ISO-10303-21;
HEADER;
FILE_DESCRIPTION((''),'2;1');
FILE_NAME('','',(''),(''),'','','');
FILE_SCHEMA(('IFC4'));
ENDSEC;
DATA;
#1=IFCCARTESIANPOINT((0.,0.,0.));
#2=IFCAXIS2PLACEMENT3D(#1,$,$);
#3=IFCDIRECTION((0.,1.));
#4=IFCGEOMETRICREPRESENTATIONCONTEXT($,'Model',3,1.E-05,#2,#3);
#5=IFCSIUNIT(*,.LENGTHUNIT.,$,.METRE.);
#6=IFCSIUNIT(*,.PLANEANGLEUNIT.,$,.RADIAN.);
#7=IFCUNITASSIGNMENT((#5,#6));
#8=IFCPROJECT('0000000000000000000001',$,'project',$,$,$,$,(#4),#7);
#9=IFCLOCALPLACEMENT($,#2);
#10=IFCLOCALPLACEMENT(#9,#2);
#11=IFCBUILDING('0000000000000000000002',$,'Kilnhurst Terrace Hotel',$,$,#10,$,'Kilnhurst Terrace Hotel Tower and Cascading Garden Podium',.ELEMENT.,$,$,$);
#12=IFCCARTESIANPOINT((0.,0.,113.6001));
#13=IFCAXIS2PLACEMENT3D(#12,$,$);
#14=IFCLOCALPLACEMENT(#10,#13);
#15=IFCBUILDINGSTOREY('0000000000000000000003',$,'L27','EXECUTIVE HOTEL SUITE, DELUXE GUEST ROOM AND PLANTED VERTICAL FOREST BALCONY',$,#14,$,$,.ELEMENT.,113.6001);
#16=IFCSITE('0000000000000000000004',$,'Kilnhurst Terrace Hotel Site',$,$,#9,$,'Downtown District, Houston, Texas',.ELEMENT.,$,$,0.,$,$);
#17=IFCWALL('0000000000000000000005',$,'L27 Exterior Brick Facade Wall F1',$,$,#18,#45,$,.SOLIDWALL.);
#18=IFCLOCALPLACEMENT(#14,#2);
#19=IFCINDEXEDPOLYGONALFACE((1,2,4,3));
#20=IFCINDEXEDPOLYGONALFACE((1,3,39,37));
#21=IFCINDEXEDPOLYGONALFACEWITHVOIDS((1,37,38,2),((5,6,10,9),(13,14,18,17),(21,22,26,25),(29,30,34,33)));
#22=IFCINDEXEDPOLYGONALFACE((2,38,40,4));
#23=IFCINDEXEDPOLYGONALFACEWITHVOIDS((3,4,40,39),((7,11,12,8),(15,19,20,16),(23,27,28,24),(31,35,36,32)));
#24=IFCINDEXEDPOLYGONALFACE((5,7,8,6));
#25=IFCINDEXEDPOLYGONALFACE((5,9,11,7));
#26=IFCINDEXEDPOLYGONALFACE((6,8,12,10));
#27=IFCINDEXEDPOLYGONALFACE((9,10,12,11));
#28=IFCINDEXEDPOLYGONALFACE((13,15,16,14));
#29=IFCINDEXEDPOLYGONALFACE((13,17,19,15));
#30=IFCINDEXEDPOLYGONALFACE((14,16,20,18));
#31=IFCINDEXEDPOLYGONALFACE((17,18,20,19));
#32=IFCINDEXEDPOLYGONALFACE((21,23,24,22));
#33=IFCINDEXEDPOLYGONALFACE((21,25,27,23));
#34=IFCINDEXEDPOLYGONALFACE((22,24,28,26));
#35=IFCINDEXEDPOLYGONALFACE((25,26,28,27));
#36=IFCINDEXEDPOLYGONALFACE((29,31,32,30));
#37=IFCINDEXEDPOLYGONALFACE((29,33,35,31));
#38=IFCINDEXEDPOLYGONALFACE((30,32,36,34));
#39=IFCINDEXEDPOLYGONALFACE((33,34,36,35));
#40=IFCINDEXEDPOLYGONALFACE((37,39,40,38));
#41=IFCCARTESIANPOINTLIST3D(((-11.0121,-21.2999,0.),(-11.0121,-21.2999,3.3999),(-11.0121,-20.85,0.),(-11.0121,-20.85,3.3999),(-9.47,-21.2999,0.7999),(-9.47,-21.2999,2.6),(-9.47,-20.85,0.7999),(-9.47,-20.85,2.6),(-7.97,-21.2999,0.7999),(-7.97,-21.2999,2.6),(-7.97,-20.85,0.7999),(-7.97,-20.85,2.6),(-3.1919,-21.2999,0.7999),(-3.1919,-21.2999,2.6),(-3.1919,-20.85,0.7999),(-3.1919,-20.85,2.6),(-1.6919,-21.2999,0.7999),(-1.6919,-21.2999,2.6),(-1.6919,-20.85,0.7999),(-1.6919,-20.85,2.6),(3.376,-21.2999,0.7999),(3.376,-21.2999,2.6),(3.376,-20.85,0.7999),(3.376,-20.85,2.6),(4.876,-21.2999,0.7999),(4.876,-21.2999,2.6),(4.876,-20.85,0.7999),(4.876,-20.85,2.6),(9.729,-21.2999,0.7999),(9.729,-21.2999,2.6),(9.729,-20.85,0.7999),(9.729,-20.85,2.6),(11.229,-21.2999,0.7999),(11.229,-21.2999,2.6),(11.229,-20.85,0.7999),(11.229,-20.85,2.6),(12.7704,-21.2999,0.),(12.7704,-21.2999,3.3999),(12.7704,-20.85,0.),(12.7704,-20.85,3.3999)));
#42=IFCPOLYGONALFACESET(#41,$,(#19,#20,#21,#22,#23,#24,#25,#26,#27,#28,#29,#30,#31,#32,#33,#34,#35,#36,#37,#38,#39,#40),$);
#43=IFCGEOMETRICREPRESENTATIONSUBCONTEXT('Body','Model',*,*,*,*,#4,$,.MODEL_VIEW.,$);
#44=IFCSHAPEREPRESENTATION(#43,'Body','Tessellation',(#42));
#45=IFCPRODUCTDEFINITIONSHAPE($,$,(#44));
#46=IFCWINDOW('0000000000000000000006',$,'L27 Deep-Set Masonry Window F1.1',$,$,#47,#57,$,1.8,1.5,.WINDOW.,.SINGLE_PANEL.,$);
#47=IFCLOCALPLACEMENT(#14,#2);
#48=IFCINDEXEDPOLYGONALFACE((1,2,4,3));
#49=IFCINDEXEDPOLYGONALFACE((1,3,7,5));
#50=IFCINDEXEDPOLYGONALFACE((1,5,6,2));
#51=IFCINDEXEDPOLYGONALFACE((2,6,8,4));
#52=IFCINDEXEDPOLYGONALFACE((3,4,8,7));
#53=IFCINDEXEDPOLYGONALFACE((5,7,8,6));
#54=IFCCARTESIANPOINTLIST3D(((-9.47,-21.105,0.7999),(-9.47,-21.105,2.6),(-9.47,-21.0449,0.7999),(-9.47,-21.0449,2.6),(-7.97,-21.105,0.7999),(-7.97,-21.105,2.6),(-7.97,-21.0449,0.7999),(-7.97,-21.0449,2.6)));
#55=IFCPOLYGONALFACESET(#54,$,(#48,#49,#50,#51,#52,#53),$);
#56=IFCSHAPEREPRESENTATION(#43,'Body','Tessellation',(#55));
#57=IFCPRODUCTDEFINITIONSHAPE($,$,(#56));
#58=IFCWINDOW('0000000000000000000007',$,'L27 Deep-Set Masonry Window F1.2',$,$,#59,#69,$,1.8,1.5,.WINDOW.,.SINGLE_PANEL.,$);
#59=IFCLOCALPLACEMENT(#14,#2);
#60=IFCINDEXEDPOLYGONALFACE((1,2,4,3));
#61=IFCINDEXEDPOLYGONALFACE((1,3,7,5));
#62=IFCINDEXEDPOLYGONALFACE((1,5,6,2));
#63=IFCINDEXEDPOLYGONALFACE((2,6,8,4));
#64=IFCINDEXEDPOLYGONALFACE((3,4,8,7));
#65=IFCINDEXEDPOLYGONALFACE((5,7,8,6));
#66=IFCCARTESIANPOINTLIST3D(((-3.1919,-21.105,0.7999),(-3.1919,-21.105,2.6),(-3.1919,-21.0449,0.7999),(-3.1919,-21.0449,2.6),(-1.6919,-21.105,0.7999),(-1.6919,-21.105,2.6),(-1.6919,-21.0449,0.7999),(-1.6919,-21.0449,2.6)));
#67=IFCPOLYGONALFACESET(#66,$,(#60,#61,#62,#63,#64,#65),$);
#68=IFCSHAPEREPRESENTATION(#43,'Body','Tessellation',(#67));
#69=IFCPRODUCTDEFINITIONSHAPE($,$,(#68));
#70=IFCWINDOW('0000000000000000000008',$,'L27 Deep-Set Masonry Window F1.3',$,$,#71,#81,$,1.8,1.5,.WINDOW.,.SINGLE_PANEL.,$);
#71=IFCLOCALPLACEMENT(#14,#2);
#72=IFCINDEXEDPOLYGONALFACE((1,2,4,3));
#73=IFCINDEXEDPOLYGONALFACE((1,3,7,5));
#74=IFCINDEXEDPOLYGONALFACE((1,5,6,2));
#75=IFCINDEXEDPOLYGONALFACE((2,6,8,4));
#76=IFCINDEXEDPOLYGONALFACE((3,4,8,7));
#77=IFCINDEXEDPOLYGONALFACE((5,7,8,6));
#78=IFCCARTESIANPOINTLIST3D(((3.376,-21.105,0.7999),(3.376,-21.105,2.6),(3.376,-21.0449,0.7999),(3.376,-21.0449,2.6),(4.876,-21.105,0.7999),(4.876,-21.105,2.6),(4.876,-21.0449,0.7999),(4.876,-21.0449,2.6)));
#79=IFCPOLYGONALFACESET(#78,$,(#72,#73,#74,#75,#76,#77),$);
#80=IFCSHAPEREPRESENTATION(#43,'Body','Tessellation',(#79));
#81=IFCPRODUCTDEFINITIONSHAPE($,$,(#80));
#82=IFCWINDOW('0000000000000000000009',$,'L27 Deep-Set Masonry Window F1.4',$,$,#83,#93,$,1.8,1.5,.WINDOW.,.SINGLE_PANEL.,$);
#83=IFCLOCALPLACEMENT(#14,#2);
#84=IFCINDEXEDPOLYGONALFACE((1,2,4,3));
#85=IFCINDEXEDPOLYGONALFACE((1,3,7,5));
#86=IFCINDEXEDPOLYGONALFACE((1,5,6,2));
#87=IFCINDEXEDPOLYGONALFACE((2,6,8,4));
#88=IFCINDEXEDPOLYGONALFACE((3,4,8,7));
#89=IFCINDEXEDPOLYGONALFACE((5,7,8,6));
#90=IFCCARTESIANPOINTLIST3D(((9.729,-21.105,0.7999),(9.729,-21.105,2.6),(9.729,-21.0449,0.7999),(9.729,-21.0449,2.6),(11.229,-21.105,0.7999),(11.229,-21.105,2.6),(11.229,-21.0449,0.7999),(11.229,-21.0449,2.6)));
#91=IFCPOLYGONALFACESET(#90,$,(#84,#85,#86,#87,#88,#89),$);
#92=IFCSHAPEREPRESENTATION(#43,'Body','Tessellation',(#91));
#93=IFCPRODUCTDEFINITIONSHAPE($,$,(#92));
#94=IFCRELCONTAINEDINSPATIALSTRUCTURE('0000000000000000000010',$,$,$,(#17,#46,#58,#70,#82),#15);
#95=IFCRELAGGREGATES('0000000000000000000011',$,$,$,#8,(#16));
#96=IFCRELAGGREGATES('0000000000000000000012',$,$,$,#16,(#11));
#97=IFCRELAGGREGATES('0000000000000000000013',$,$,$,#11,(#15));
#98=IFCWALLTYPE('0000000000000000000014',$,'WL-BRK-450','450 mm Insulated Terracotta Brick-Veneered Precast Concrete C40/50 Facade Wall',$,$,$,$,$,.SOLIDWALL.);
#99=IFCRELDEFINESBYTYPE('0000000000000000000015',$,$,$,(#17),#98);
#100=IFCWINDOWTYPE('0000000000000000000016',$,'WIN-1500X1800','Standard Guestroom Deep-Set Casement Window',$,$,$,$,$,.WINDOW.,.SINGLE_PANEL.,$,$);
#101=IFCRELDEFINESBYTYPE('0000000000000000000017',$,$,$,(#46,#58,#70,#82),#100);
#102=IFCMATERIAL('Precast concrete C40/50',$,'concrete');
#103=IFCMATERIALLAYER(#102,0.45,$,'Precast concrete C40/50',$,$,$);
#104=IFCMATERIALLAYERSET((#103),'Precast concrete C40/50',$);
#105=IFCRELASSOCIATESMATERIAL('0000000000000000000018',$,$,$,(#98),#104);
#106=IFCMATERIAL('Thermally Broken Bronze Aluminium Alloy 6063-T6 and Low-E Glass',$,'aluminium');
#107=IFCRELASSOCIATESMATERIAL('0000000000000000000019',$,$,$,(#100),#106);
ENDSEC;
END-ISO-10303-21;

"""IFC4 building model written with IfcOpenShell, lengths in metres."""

from ifc_helpers import new_model, si_unit, direction, frame, frame_2d, origin, place, context, subcontext, project, spatial, rectangle, extrude, material, layer, layer_set, type_object, element, fill, save


model = new_model("IFC4")

# Units and contexts
model_context = context("Model", 3, precision=1e-05, world=origin(), true_north=direction((0.0, 1.0)))
body_context = subcontext(model_context, "Body", "Model", "MODEL_VIEW")
ifc_project = project(units=[si_unit("LENGTHUNIT", "METRE"), si_unit("PLANEANGLEUNIT", "RADIAN")], contexts=[model_context])

# Site, building, storey
site_placement = place(None, origin())
site = spatial("IfcSite", under=ifc_project, at=site_placement, Name="Kilnhurst Terrace Hotel Site", LongName="Downtown District, Houston, Texas", CompositionType="ELEMENT", RefElevation=0.0)
building_placement = place(site_placement, origin())
building = spatial("IfcBuilding", under=site, at=building_placement, Name="Kilnhurst Terrace Hotel", LongName="Kilnhurst Terrace Hotel Tower and Cascading Garden Podium", CompositionType="ELEMENT")
storey_placement = place(building_placement, frame((0.0, 0.0, 113.6001)))
storey = spatial("IfcBuildingStorey", under=building, at=storey_placement, Name="L27", Description="EXECUTIVE HOTEL SUITE, DELUXE GUEST ROOM AND PLANTED VERTICAL FOREST BALCONY", CompositionType="ELEMENT", Elevation=113.6001)

# Shared definitions
ifc_material_1 = material(Name="Precast concrete C40/50", Category="concrete")
ifc_layer_1 = layer(ifc_material_1, 0.45, Name="Precast concrete C40/50")
ifc_layer_set_1 = layer_set([ifc_layer_1], Name="Precast concrete C40/50")
wall_type_1 = type_object("IfcWallType", Name="WL-BRK-450", Description="450 mm Insulated Terracotta Brick-Veneered Precast Concrete C40/50 Facade Wall", PredefinedType="SOLIDWALL", material=ifc_layer_set_1)

# Wall, openings, windows
wall_1_placement = place(storey_placement, frame((-11.012, -21.075, 0.0), z_axis=(0.0, 0.0, 1.0), x_axis=(1.0, 0.0, 0.0)))
wall_1 = element("IfcWall", 1, at=wall_1_placement, inside=storey, type_object=wall_type_1, Name="L27 Exterior Brick Facade Wall F1", PredefinedType="SOLIDWALL", context=body_context, shape_type="SweptSolid", body=[
    extrude(rectangle(XDim=23.7825, YDim=0.45, at=frame_2d((11.8911, 0.0))), origin(), (0.0, 0.0, 1.0), 3.3999),
])
opening_1_placement = place(wall_1_placement, frame((1.542, 0.0, 0.8)))
opening_1 = element("IfcOpeningElement", 2, at=opening_1_placement, cuts=wall_1, PredefinedType="OPENING", context=body_context, shape_type="SweptSolid", body=[
    extrude(rectangle(XDim=1.5, YDim=1.8, at=frame_2d((0.75, 0.8999))), frame((0.0, 0.2349, 0.0), z_axis=(0.0, -1.0, 0.0), x_axis=(1.0, 0.0, 0.0)), (0.0, 0.0, 1.0), 0.47),
])
opening_2_placement = place(wall_1_placement, frame((7.8201, 0.0, 0.8)))
opening_2 = element("IfcOpeningElement", 3, at=opening_2_placement, cuts=wall_1, PredefinedType="OPENING", context=body_context, shape_type="SweptSolid", body=[
    extrude(rectangle(XDim=1.5, YDim=1.8, at=frame_2d((0.75, 0.8999))), frame((0.0, 0.2349, 0.0), z_axis=(0.0, -1.0, 0.0), x_axis=(1.0, 0.0, 0.0)), (0.0, 0.0, 1.0), 0.47),
])
opening_3_placement = place(wall_1_placement, frame((14.3879, 0.0, 0.8)))
opening_3 = element("IfcOpeningElement", 4, at=opening_3_placement, cuts=wall_1, PredefinedType="OPENING", context=body_context, shape_type="SweptSolid", body=[
    extrude(rectangle(XDim=1.5, YDim=1.8, at=frame_2d((0.75, 0.8999))), frame((0.0, 0.2349, 0.0), z_axis=(0.0, -1.0, 0.0), x_axis=(1.0, 0.0, 0.0)), (0.0, 0.0, 1.0), 0.47),
])
opening_4_placement = place(wall_1_placement, frame((20.741, 0.0, 0.8)))
opening_4 = element("IfcOpeningElement", 5, at=opening_4_placement, cuts=wall_1, PredefinedType="OPENING", context=body_context, shape_type="SweptSolid", body=[
    extrude(rectangle(XDim=1.5, YDim=1.8, at=frame_2d((0.75, 0.8999))), frame((0.0, 0.2349, 0.0), z_axis=(0.0, -1.0, 0.0), x_axis=(1.0, 0.0, 0.0)), (0.0, 0.0, 1.0), 0.47),
])
ifc_material_2 = material(Name="Thermally Broken Bronze Aluminium Alloy 6063-T6 and Low-E Glass", Category="aluminium")
window_type = type_object("IfcWindowType", Name="WIN-1500X1800", Description="Standard Guestroom Deep-Set Casement Window", PartitioningType="SINGLE_PANEL", PredefinedType="WINDOW", material=ifc_material_2)
window_1_placement = place(opening_1_placement, origin())
window_1 = element("IfcWindow", 6, at=window_1_placement, inside=storey, type_object=window_type, Name="L27 Deep-Set Masonry Window F1.1", OverallHeight=1.8, OverallWidth=1.5, PartitioningType="SINGLE_PANEL", PredefinedType="WINDOW", context=body_context, shape_type="SweptSolid", body=[
    extrude(rectangle(XDim=1.5, YDim=1.8, at=frame_2d((0.75, 0.8999))), frame((0.0, 0.03, 0.0), z_axis=(0.0, -1.0, 0.0), x_axis=(1.0, 0.0, 0.0)), (0.0, 0.0, 1.0), 0.0601),
])
fill(opening_1, window_1)
window_2_placement = place(opening_2_placement, origin())
window_2 = element("IfcWindow", 7, at=window_2_placement, inside=storey, type_object=window_type, Name="L27 Deep-Set Masonry Window F1.2", OverallHeight=1.8, OverallWidth=1.5, PartitioningType="SINGLE_PANEL", PredefinedType="WINDOW", context=body_context, shape_type="SweptSolid", body=[
    extrude(rectangle(XDim=1.5, YDim=1.8, at=frame_2d((0.75, 0.8999))), frame((0.0, 0.03, 0.0), z_axis=(0.0, -1.0, 0.0), x_axis=(1.0, 0.0, 0.0)), (0.0, 0.0, 1.0), 0.0601),
])
fill(opening_2, window_2)
window_3_placement = place(opening_3_placement, origin())
window_3 = element("IfcWindow", 8, at=window_3_placement, inside=storey, type_object=window_type, Name="L27 Deep-Set Masonry Window F1.3", OverallHeight=1.8, OverallWidth=1.5, PartitioningType="SINGLE_PANEL", PredefinedType="WINDOW", context=body_context, shape_type="SweptSolid", body=[
    extrude(rectangle(XDim=1.5, YDim=1.8, at=frame_2d((0.75, 0.8999))), frame((0.0, 0.03, 0.0), z_axis=(0.0, -1.0, 0.0), x_axis=(1.0, 0.0, 0.0)), (0.0, 0.0, 1.0), 0.0601),
])
fill(opening_3, window_3)
window_4_placement = place(opening_4_placement, origin())
window_4 = element("IfcWindow", 9, at=window_4_placement, inside=storey, type_object=window_type, Name="L27 Deep-Set Masonry Window F1.4", OverallHeight=1.8, OverallWidth=1.5, PartitioningType="SINGLE_PANEL", PredefinedType="WINDOW", context=body_context, shape_type="SweptSolid", body=[
    extrude(rectangle(XDim=1.5, YDim=1.8, at=frame_2d((0.75, 0.8999))), frame((0.0, 0.03, 0.0), z_axis=(0.0, -1.0, 0.0), x_axis=(1.0, 0.0, 0.0)), (0.0, 0.0, 1.0), 0.0601),
])
fill(opening_4, window_4)

save(model, "model.ifc")
